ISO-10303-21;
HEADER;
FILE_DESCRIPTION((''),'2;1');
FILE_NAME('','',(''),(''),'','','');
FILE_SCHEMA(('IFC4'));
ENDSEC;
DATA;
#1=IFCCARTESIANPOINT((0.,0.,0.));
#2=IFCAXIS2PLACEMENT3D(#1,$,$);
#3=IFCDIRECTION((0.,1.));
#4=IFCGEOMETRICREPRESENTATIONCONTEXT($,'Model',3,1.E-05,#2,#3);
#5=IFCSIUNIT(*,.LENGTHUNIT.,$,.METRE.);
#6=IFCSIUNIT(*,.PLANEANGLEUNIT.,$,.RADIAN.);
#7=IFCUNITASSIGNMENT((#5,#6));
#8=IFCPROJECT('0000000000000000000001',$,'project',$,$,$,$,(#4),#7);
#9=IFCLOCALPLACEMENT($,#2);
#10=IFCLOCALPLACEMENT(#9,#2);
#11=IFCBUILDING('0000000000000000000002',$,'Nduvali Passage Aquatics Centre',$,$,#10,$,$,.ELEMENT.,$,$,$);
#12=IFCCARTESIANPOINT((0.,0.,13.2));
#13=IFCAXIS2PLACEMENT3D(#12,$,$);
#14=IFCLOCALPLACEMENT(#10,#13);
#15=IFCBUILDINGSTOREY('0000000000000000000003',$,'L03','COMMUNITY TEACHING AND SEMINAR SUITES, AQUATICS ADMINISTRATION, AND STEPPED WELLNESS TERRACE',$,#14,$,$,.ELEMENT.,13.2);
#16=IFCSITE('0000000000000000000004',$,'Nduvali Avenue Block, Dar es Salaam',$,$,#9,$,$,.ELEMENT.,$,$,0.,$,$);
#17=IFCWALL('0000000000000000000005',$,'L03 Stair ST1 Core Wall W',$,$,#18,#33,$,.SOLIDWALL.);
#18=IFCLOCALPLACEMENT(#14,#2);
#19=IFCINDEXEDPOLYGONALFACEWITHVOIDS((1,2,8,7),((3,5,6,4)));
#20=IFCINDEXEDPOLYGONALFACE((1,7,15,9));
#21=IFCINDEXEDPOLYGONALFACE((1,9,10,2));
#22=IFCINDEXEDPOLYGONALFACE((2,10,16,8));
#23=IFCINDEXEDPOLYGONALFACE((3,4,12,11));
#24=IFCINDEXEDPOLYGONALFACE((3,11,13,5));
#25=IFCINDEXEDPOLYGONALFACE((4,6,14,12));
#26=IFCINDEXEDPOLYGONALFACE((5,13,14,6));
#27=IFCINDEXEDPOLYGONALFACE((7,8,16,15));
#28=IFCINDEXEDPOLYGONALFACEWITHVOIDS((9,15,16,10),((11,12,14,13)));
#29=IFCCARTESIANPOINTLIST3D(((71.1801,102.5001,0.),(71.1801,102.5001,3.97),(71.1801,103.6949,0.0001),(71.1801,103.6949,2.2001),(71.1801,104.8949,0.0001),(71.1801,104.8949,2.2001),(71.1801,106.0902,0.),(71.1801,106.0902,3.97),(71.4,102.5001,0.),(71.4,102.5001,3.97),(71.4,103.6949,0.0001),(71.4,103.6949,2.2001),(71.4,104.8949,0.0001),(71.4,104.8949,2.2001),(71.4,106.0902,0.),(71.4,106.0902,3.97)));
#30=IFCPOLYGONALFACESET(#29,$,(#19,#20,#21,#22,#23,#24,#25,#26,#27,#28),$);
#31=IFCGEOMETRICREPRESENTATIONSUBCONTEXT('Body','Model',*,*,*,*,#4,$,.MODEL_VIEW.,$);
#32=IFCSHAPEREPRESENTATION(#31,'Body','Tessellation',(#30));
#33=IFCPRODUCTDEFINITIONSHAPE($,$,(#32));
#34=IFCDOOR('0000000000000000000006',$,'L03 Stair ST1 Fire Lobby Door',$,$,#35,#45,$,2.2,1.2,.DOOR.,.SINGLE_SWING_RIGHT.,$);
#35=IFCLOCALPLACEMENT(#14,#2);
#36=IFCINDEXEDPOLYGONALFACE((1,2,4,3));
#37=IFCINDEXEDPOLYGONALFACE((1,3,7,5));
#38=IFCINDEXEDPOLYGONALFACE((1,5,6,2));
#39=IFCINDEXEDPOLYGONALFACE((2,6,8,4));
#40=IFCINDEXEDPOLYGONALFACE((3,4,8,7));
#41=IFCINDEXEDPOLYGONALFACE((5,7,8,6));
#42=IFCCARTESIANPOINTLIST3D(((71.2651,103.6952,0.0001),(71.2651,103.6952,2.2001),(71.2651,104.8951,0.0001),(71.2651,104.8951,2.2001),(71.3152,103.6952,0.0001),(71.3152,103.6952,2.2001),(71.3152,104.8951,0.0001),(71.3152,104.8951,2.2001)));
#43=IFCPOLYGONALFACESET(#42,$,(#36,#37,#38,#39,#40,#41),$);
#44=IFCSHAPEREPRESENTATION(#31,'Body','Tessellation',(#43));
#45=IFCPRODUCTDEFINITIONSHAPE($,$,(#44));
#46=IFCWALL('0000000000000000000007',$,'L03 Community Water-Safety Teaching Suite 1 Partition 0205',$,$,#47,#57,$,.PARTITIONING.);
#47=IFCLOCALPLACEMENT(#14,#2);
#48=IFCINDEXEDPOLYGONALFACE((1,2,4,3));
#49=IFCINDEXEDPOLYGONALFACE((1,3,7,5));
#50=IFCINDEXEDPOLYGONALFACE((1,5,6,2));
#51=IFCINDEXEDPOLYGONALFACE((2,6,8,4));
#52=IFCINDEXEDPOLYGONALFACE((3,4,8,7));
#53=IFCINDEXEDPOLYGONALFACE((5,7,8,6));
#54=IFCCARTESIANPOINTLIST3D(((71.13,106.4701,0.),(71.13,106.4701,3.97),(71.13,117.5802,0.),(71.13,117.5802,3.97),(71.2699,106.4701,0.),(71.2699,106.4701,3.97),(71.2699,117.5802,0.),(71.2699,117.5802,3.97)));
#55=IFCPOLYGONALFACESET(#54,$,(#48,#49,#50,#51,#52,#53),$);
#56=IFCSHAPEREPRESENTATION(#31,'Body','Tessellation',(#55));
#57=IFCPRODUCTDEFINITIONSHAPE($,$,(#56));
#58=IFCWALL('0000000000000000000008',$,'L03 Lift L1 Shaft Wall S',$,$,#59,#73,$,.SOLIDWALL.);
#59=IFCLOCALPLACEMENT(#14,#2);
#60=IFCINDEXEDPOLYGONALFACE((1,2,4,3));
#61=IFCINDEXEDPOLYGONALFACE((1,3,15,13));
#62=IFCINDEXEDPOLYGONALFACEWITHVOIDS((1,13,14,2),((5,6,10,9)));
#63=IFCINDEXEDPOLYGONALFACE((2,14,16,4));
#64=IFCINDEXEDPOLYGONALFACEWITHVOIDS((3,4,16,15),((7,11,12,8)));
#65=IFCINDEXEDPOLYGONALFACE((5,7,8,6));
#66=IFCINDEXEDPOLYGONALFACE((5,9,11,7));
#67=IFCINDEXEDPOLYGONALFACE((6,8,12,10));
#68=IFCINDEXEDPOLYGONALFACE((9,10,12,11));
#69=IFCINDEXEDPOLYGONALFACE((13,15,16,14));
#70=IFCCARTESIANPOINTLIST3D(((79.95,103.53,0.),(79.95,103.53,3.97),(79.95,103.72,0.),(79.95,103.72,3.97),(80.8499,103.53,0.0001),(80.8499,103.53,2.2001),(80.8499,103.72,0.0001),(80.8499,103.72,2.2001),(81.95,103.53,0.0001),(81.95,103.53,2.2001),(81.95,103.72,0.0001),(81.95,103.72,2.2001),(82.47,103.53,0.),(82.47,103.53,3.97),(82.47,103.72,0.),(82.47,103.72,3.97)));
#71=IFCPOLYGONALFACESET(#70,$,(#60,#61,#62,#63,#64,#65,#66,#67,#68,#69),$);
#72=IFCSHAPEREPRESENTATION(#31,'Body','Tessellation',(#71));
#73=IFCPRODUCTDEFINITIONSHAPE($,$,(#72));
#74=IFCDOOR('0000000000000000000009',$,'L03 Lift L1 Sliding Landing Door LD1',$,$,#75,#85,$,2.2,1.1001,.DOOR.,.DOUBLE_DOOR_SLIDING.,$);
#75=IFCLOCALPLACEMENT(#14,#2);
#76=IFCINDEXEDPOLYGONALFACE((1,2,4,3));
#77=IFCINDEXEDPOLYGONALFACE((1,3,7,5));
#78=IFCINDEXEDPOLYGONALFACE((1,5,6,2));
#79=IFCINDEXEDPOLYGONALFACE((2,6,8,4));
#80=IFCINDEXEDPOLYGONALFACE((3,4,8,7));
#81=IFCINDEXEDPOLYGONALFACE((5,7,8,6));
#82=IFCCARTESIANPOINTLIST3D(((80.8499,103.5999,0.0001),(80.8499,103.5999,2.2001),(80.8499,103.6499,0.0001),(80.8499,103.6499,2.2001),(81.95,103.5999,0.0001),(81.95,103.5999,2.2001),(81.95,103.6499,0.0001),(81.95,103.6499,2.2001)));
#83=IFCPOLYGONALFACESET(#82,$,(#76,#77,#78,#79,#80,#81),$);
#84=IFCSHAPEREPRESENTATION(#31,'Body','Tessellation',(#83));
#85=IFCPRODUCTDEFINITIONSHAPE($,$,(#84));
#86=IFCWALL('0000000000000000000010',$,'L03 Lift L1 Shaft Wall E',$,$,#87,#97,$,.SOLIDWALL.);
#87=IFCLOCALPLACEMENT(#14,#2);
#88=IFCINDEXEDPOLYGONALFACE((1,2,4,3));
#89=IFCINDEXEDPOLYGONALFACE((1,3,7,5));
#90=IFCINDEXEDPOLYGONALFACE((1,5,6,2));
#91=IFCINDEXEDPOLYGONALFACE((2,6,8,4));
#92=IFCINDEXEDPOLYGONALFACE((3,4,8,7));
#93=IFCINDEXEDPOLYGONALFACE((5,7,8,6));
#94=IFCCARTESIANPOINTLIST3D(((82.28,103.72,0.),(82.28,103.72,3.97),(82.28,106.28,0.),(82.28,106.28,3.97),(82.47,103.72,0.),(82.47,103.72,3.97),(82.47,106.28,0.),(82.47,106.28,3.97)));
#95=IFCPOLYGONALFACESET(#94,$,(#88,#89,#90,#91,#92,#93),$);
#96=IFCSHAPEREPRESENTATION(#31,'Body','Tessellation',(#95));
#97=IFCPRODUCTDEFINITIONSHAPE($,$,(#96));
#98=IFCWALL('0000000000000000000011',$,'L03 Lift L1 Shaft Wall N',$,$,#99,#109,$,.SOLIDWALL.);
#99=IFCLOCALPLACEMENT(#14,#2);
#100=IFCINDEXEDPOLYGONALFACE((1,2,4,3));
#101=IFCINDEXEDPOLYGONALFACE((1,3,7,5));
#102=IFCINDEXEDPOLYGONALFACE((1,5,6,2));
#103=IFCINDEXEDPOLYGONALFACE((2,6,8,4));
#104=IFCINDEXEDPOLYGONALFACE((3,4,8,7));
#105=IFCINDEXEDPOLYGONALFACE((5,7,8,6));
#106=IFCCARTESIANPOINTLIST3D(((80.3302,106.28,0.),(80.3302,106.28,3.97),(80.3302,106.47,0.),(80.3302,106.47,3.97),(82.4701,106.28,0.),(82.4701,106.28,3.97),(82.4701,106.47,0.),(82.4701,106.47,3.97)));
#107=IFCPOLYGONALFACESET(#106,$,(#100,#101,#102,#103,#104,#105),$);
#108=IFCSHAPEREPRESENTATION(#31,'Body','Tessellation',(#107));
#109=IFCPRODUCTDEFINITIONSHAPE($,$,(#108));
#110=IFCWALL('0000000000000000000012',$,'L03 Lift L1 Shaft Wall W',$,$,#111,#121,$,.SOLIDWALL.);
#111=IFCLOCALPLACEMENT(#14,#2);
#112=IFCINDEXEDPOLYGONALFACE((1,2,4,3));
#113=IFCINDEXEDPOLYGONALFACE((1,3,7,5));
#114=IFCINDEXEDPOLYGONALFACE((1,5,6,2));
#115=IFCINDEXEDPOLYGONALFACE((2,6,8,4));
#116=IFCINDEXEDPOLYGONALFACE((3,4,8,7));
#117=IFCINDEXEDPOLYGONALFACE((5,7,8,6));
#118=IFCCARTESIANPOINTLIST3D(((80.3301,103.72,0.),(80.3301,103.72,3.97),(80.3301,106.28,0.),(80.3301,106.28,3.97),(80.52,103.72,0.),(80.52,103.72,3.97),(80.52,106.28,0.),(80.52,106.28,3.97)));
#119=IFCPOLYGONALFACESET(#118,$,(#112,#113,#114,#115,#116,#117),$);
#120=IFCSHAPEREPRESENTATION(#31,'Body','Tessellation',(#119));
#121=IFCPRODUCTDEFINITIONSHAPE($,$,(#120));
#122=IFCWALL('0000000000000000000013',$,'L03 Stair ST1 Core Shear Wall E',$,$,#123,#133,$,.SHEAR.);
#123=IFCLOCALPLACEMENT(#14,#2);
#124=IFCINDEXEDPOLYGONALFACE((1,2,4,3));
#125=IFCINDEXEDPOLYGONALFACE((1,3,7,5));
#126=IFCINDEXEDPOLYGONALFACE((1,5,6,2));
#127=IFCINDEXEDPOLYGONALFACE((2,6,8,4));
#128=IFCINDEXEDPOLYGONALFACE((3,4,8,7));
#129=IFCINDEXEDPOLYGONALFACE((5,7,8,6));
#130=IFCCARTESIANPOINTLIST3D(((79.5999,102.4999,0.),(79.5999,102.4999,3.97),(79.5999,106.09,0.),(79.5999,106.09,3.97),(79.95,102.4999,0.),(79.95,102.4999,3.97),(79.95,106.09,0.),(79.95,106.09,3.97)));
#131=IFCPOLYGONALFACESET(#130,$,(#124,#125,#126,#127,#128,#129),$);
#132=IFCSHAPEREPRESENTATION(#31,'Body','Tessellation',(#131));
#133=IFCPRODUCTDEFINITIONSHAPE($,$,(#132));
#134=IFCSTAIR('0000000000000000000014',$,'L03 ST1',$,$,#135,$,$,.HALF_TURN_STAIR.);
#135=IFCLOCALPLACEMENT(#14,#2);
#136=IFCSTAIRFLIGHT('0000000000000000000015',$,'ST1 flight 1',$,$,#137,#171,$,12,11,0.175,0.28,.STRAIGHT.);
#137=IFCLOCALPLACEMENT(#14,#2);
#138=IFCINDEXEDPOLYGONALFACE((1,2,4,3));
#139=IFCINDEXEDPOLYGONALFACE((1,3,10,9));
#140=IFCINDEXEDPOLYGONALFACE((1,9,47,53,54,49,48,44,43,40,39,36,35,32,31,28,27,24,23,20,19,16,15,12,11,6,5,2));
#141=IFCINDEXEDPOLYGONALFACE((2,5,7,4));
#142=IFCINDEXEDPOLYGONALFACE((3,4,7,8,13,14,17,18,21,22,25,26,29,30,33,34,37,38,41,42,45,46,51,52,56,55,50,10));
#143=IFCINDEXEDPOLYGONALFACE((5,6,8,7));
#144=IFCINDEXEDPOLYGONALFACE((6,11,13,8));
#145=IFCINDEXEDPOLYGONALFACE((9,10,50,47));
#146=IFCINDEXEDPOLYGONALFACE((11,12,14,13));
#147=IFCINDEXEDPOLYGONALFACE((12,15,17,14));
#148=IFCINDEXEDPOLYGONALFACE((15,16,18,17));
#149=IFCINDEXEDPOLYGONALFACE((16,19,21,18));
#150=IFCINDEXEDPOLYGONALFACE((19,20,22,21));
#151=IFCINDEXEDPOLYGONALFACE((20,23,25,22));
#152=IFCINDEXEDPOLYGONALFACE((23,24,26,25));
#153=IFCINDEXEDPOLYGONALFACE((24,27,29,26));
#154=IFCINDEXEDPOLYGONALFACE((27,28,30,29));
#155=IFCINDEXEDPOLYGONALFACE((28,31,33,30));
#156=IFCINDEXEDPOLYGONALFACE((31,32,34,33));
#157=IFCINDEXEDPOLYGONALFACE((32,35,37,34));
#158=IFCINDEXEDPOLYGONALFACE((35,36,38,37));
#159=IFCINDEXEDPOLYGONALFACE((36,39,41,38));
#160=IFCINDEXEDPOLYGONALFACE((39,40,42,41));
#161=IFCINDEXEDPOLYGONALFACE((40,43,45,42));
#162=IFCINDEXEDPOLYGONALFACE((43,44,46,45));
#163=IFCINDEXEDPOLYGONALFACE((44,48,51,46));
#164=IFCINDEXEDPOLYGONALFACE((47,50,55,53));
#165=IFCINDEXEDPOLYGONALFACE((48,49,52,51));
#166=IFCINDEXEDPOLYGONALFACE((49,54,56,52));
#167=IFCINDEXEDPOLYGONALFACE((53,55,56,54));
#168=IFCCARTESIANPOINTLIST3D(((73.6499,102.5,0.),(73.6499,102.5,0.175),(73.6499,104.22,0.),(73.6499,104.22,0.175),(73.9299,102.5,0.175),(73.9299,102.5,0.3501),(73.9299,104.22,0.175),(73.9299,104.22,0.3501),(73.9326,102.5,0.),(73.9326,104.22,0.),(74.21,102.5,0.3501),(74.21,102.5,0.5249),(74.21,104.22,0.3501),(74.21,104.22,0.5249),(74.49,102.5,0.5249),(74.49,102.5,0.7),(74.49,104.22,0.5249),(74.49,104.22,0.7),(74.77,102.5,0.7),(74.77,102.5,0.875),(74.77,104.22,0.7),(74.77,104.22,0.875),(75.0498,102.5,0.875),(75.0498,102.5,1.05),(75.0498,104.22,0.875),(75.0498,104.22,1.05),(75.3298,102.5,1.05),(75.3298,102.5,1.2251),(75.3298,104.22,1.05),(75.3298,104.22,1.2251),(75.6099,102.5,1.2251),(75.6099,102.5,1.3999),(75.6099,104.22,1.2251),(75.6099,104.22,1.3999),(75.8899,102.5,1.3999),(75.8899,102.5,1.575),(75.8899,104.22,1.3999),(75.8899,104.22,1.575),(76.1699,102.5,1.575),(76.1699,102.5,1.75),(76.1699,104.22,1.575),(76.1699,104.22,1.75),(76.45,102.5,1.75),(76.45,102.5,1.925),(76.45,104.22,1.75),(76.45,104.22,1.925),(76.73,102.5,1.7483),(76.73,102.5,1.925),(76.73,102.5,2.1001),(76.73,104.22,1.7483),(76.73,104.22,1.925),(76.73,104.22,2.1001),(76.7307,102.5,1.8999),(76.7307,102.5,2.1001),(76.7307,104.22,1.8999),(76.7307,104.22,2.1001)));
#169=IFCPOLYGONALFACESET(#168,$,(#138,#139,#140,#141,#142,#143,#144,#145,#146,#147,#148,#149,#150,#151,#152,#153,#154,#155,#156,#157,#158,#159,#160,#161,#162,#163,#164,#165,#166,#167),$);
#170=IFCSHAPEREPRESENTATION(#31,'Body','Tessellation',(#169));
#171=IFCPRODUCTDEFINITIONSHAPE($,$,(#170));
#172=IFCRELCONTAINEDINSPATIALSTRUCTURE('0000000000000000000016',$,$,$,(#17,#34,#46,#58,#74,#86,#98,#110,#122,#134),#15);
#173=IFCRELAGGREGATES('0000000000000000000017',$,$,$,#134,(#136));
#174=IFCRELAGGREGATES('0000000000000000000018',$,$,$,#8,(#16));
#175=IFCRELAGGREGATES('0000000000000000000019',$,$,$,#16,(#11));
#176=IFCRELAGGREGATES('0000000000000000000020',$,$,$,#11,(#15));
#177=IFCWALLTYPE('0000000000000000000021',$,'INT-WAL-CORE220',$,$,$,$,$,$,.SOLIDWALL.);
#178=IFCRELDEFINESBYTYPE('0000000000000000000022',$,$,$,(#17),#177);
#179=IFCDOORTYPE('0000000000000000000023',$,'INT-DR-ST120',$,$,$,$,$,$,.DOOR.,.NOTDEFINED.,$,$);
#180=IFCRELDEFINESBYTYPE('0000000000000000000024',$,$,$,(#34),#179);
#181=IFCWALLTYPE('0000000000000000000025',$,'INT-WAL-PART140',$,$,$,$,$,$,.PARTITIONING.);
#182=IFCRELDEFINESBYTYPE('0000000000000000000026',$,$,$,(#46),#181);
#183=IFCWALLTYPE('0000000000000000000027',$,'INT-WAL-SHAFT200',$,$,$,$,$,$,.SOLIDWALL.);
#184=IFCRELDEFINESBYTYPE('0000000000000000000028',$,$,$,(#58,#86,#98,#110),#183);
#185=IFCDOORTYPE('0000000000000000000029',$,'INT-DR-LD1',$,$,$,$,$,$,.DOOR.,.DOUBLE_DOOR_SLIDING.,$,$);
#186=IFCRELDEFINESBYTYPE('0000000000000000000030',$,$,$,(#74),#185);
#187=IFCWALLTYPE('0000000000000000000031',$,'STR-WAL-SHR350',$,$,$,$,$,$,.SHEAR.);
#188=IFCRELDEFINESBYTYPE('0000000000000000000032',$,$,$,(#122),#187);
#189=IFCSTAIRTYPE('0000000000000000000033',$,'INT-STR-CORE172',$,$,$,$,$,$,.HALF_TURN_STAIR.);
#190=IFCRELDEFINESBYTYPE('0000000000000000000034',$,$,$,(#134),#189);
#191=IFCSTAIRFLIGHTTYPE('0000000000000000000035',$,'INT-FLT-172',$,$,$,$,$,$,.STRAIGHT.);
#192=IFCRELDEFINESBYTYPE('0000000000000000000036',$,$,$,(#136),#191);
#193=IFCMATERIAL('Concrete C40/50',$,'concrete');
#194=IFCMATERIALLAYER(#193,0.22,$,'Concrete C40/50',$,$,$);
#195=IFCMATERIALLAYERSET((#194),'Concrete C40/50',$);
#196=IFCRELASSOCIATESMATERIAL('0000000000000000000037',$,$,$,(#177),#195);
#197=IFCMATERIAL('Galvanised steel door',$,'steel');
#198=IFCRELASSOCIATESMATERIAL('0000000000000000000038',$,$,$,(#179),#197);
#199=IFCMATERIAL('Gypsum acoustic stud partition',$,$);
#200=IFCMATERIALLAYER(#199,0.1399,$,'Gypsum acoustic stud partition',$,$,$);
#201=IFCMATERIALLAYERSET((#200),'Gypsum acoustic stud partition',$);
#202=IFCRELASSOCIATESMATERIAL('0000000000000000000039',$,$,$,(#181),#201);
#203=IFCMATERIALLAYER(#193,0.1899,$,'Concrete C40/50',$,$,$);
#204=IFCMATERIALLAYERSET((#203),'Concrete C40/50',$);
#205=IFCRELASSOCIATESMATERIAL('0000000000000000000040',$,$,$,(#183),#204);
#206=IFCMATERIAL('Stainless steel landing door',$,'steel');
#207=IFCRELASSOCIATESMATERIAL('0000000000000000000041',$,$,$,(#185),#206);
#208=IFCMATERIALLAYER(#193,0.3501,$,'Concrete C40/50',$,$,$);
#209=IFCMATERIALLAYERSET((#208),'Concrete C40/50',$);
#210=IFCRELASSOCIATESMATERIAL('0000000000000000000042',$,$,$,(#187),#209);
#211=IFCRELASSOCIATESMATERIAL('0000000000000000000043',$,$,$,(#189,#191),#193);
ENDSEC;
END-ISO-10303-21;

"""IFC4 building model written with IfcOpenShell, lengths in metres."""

from ifc_helpers import new_model, si_unit, direction, frame, frame_2d, origin, place, context, subcontext, project, spatial, polyline, rectangle, outline, extrude, material, layer, layer_set, type_object, element, fill, aggregate, save


model = new_model("IFC4")

# Units and contexts
model_context = context("Model", 3, precision=1e-05, world=origin(), true_north=direction((0.0, 1.0)))
body_context = subcontext(model_context, "Body", "Model", "MODEL_VIEW")
ifc_project = project(units=[si_unit("LENGTHUNIT", "METRE"), si_unit("PLANEANGLEUNIT", "RADIAN")], contexts=[model_context])

# Site, building, storey
site_placement = place(None, origin())
site = spatial("IfcSite", under=ifc_project, at=site_placement, Name="Nduvali Avenue Block, Dar es Salaam", CompositionType="ELEMENT", RefElevation=0.0)
building_placement = place(site_placement, origin())
building = spatial("IfcBuilding", under=site, at=building_placement, Name="Nduvali Passage Aquatics Centre", CompositionType="ELEMENT")
storey_placement = place(building_placement, frame((0.0, 0.0, 13.2)))
storey = spatial("IfcBuildingStorey", under=building, at=storey_placement, Name="L03", Description="COMMUNITY TEACHING AND SEMINAR SUITES, AQUATICS ADMINISTRATION, AND STEPPED WELLNESS TERRACE", CompositionType="ELEMENT", Elevation=13.2)

# Shared definitions
ifc_material_1 = material(Name="Concrete C40/50", Category="concrete")
ifc_layer_1 = layer(ifc_material_1, 0.22, Name="Concrete C40/50")
ifc_layer_set_1 = layer_set([ifc_layer_1], Name="Concrete C40/50")
wall_type_1 = type_object("IfcWallType", Name="INT-WAL-CORE220", PredefinedType="SOLIDWALL", material=ifc_layer_set_1)

# Wall, opening, door
wall_1_placement = place(storey_placement, frame((71.29, 106.0901, 0.0), z_axis=(0.0, 0.0, 1.0), x_axis=(0.0, -1.0, 0.0)))
wall_1 = element("IfcWall", 1, at=wall_1_placement, inside=storey, type_object=wall_type_1, Name="L03 Stair ST1 Core Wall W", PredefinedType="SOLIDWALL", context=body_context, shape_type="SweptSolid", body=[
    extrude(rectangle(XDim=3.5901, YDim=0.22, at=frame_2d((1.7949, 0.0))), origin(), (0.0, 0.0, 1.0), 3.97),
])
opening_1_placement = place(wall_1_placement, frame((1.1951, 0.0, 0.0)))
opening_1 = element("IfcOpeningElement", 2, at=opening_1_placement, cuts=wall_1, PredefinedType="OPENING", context=body_context, shape_type="SweptSolid", body=[
    extrude(rectangle(XDim=1.2, YDim=2.2, at=frame_2d((0.6001, 1.1001))), frame((0.0, 0.125, 0.0), z_axis=(0.0, -1.0, 0.0), x_axis=(1.0, 0.0, 0.0)), (0.0, 0.0, 1.0), 0.2498),
])
ifc_material_2 = material(Name="Galvanised steel door", Category="steel")
door_type_1 = type_object("IfcDoorType", Name="INT-DR-ST120", OperationType="NOTDEFINED", PredefinedType="DOOR", material=ifc_material_2)
door_1_placement = place(opening_1_placement, frame((1.2, 0.0, 0.0), z_axis=(0.0, 0.0, 1.0), x_axis=(-1.0, 0.0, 0.0)))
door_1 = element("IfcDoor", 3, at=door_1_placement, inside=storey, type_object=door_type_1, Name="L03 Stair ST1 Fire Lobby Door", OperationType="SINGLE_SWING_RIGHT", OverallHeight=2.2, OverallWidth=1.2, PredefinedType="DOOR", context=body_context, shape_type="SweptSolid", body=[
    extrude(rectangle(XDim=1.2, YDim=2.2, at=frame_2d((0.6001, 1.1001))), frame((0.0, 0.0249, 0.0), z_axis=(0.0, -1.0, 0.0), x_axis=(1.0, 0.0, 0.0)), (0.0, 0.0, 1.0), 0.05),
])
fill(opening_1, door_1)

# Wall
ifc_material_3 = material(Name="Gypsum acoustic stud partition")
ifc_layer_2 = layer(ifc_material_3, 0.1399, Name="Gypsum acoustic stud partition")
ifc_layer_set_2 = layer_set([ifc_layer_2], Name="Gypsum acoustic stud partition")
wall_type_2 = type_object("IfcWallType", Name="INT-WAL-PART140", PredefinedType="PARTITIONING", material=ifc_layer_set_2)
wall_2_placement = place(storey_placement, frame((71.2, 106.47, 0.0), z_axis=(0.0, 0.0, 1.0), x_axis=(0.0, 1.0, 0.0)))
element("IfcWall", 4, at=wall_2_placement, inside=storey, type_object=wall_type_2, Name="L03 Community Water-Safety Teaching Suite 1 Partition 0205", PredefinedType="PARTITIONING", context=body_context, shape_type="SweptSolid", body=[
    extrude(rectangle(XDim=11.1101, YDim=0.1399, at=frame_2d((5.5552, 0.0))), origin(), (0.0, 0.0, 1.0), 3.97),
])

# Wall, opening, door
ifc_layer_3 = layer(ifc_material_1, 0.1899, Name="Concrete C40/50")
ifc_layer_set_3 = layer_set([ifc_layer_3], Name="Concrete C40/50")
wall_type_3 = type_object("IfcWallType", Name="INT-WAL-SHAFT200", PredefinedType="SOLIDWALL", material=ifc_layer_set_3)
wall_3_placement = place(storey_placement, frame((79.95, 103.625, 0.0), z_axis=(0.0, 0.0, 1.0), x_axis=(1.0, 0.0, 0.0)))
wall_3 = element("IfcWall", 5, at=wall_3_placement, inside=storey, type_object=wall_type_3, Name="L03 Lift L1 Shaft Wall S", PredefinedType="SOLIDWALL", context=body_context, shape_type="SweptSolid", body=[
    extrude(rectangle(XDim=2.52, YDim=0.1899, at=frame_2d((1.26, 0.0))), origin(), (0.0, 0.0, 1.0), 3.97),
])
opening_2_placement = place(wall_3_placement, frame((0.8999, 0.0, 0.0)))
opening_2 = element("IfcOpeningElement", 6, at=opening_2_placement, cuts=wall_3, PredefinedType="OPENING", context=body_context, shape_type="SweptSolid", body=[
    extrude(rectangle(XDim=1.1001, YDim=2.2, at=frame_2d((0.55, 1.1001))), frame((0.0, 0.1099, 0.0), z_axis=(0.0, -1.0, 0.0), x_axis=(1.0, 0.0, 0.0)), (0.0, 0.0, 1.0), 0.2197),
])
ifc_material_4 = material(Name="Stainless steel landing door", Category="steel")
door_type_2 = type_object("IfcDoorType", Name="INT-DR-LD1", OperationType="DOUBLE_DOOR_SLIDING", PredefinedType="DOOR", material=ifc_material_4)
door_2_placement = place(opening_2_placement, origin())
door_2 = element("IfcDoor", 7, at=door_2_placement, inside=storey, type_object=door_type_2, Name="L03 Lift L1 Sliding Landing Door LD1", OperationType="DOUBLE_DOOR_SLIDING", OverallHeight=2.2, OverallWidth=1.1001, PredefinedType="DOOR", context=body_context, shape_type="SweptSolid", body=[
    extrude(rectangle(XDim=1.1001, YDim=2.2, at=frame_2d((0.55, 1.1001))), frame((0.0, 0.0249, 0.0), z_axis=(0.0, -1.0, 0.0), x_axis=(1.0, 0.0, 0.0)), (0.0, 0.0, 1.0), 0.05),
])
fill(opening_2, door_2)

# Walls
wall_4_placement = place(storey_placement, frame((82.375, 103.72, 0.0), z_axis=(0.0, 0.0, 1.0), x_axis=(0.0, 1.0, 0.0)))
element("IfcWall", 8, at=wall_4_placement, inside=storey, type_object=wall_type_3, Name="L03 Lift L1 Shaft Wall E", PredefinedType="SOLIDWALL", context=body_context, shape_type="SweptSolid", body=[
    extrude(rectangle(XDim=2.5601, YDim=0.1899, at=frame_2d((1.28, 0.0))), origin(), (0.0, 0.0, 1.0), 3.97),
])
wall_5_placement = place(storey_placement, frame((82.47, 106.375, 0.0), z_axis=(0.0, 0.0, 1.0), x_axis=(-1.0, 0.0, 0.0)))
element("IfcWall", 9, at=wall_5_placement, inside=storey, type_object=wall_type_3, Name="L03 Lift L1 Shaft Wall N", PredefinedType="SOLIDWALL", context=body_context, shape_type="SweptSolid", body=[
    extrude(rectangle(XDim=2.1399, YDim=0.1899, at=frame_2d((1.0698, 0.0))), origin(), (0.0, 0.0, 1.0), 3.97),
])
wall_6_placement = place(storey_placement, frame((80.425, 106.28, 0.0), z_axis=(0.0, 0.0, 1.0), x_axis=(0.0, -1.0, 0.0)))
element("IfcWall", 10, at=wall_6_placement, inside=storey, type_object=wall_type_3, Name="L03 Lift L1 Shaft Wall W", PredefinedType="SOLIDWALL", context=body_context, shape_type="SweptSolid", body=[
    extrude(rectangle(XDim=2.5601, YDim=0.1899, at=frame_2d((1.28, 0.0))), origin(), (0.0, 0.0, 1.0), 3.97),
])
ifc_layer_4 = layer(ifc_material_1, 0.3501, Name="Concrete C40/50")
ifc_layer_set_4 = layer_set([ifc_layer_4], Name="Concrete C40/50")
wall_type_4 = type_object("IfcWallType", Name="STR-WAL-SHR350", PredefinedType="SHEAR", material=ifc_layer_set_4)
wall_7_placement = place(storey_placement, frame((79.7749, 102.5, 0.0), z_axis=(0.0, 0.0, 1.0), x_axis=(0.0, 1.0, 0.0)))
element("IfcWall", 11, at=wall_7_placement, inside=storey, type_object=wall_type_4, Name="L03 Stair ST1 Core Shear Wall E", PredefinedType="SHEAR", context=body_context, shape_type="SweptSolid", body=[
    extrude(rectangle(XDim=3.5901, YDim=0.3501, at=frame_2d((1.7949, 0.0))), origin(), (0.0, 0.0, 1.0), 3.97),
])

# Stair, stair flight
stair_type = type_object("IfcStairType", Name="INT-STR-CORE172", PredefinedType="HALF_TURN_STAIR", material=ifc_material_1)
stair_placement = place(storey_placement, origin())
stair = element("IfcStair", 12, at=stair_placement, inside=storey, type_object=stair_type, Name="L03 ST1", PredefinedType="HALF_TURN_STAIR")
stair_flight_type = type_object("IfcStairFlightType", Name="INT-FLT-172", PredefinedType="STRAIGHT", material=ifc_material_1)
stair_flight_1_placement = place(storey_placement, frame((73.6499, 103.3601, 0.0), z_axis=(0.0, 0.0, 1.0), x_axis=(1.0, 0.0, 0.0)))
stair_flight_1 = element("IfcStairFlight", 13, at=stair_flight_1_placement, type_object=stair_flight_type, Name="ST1 flight 1", NumberOfRisers=12, NumberOfTreads=11, PredefinedType="STRAIGHT", RiserHeight=0.175, TreadLength=0.28, context=body_context, shape_type="SweptSolid", body=[
    extrude(outline(polyline([(0.0, 0.0), (0.0, 0.175), (0.28, 0.175), (0.28, 0.3501), (0.5601, 0.3501), (0.5601, 0.5249), (0.8401, 0.5249), (0.8401, 0.7), (1.1201, 0.7), (1.1201, 0.875), (1.3999, 0.875), (1.3999, 1.05), (1.6799, 1.05), (1.6799, 1.2251), (1.96, 1.2251), (1.96, 1.3999), (2.24, 1.3999), (2.24, 1.575), (2.52, 1.575), (2.52, 1.75), (2.8, 1.75), (2.8, 1.925), (3.0801, 1.925), (3.0801, 2.1001), (3.0808, 2.1001), (3.0808, 1.8999), (3.0801, 1.7483), (0.2827, 0.0), (0.0, 0.0)])), frame((0.0, 0.8599, 0.0), z_axis=(0.0, -1.0, 0.0), x_axis=(1.0, 0.0, 0.0)), (0.0, 0.0, 1.0), 1.72),
])
aggregate(stair, [stair_flight_1])

save(model, "model.ifc")
